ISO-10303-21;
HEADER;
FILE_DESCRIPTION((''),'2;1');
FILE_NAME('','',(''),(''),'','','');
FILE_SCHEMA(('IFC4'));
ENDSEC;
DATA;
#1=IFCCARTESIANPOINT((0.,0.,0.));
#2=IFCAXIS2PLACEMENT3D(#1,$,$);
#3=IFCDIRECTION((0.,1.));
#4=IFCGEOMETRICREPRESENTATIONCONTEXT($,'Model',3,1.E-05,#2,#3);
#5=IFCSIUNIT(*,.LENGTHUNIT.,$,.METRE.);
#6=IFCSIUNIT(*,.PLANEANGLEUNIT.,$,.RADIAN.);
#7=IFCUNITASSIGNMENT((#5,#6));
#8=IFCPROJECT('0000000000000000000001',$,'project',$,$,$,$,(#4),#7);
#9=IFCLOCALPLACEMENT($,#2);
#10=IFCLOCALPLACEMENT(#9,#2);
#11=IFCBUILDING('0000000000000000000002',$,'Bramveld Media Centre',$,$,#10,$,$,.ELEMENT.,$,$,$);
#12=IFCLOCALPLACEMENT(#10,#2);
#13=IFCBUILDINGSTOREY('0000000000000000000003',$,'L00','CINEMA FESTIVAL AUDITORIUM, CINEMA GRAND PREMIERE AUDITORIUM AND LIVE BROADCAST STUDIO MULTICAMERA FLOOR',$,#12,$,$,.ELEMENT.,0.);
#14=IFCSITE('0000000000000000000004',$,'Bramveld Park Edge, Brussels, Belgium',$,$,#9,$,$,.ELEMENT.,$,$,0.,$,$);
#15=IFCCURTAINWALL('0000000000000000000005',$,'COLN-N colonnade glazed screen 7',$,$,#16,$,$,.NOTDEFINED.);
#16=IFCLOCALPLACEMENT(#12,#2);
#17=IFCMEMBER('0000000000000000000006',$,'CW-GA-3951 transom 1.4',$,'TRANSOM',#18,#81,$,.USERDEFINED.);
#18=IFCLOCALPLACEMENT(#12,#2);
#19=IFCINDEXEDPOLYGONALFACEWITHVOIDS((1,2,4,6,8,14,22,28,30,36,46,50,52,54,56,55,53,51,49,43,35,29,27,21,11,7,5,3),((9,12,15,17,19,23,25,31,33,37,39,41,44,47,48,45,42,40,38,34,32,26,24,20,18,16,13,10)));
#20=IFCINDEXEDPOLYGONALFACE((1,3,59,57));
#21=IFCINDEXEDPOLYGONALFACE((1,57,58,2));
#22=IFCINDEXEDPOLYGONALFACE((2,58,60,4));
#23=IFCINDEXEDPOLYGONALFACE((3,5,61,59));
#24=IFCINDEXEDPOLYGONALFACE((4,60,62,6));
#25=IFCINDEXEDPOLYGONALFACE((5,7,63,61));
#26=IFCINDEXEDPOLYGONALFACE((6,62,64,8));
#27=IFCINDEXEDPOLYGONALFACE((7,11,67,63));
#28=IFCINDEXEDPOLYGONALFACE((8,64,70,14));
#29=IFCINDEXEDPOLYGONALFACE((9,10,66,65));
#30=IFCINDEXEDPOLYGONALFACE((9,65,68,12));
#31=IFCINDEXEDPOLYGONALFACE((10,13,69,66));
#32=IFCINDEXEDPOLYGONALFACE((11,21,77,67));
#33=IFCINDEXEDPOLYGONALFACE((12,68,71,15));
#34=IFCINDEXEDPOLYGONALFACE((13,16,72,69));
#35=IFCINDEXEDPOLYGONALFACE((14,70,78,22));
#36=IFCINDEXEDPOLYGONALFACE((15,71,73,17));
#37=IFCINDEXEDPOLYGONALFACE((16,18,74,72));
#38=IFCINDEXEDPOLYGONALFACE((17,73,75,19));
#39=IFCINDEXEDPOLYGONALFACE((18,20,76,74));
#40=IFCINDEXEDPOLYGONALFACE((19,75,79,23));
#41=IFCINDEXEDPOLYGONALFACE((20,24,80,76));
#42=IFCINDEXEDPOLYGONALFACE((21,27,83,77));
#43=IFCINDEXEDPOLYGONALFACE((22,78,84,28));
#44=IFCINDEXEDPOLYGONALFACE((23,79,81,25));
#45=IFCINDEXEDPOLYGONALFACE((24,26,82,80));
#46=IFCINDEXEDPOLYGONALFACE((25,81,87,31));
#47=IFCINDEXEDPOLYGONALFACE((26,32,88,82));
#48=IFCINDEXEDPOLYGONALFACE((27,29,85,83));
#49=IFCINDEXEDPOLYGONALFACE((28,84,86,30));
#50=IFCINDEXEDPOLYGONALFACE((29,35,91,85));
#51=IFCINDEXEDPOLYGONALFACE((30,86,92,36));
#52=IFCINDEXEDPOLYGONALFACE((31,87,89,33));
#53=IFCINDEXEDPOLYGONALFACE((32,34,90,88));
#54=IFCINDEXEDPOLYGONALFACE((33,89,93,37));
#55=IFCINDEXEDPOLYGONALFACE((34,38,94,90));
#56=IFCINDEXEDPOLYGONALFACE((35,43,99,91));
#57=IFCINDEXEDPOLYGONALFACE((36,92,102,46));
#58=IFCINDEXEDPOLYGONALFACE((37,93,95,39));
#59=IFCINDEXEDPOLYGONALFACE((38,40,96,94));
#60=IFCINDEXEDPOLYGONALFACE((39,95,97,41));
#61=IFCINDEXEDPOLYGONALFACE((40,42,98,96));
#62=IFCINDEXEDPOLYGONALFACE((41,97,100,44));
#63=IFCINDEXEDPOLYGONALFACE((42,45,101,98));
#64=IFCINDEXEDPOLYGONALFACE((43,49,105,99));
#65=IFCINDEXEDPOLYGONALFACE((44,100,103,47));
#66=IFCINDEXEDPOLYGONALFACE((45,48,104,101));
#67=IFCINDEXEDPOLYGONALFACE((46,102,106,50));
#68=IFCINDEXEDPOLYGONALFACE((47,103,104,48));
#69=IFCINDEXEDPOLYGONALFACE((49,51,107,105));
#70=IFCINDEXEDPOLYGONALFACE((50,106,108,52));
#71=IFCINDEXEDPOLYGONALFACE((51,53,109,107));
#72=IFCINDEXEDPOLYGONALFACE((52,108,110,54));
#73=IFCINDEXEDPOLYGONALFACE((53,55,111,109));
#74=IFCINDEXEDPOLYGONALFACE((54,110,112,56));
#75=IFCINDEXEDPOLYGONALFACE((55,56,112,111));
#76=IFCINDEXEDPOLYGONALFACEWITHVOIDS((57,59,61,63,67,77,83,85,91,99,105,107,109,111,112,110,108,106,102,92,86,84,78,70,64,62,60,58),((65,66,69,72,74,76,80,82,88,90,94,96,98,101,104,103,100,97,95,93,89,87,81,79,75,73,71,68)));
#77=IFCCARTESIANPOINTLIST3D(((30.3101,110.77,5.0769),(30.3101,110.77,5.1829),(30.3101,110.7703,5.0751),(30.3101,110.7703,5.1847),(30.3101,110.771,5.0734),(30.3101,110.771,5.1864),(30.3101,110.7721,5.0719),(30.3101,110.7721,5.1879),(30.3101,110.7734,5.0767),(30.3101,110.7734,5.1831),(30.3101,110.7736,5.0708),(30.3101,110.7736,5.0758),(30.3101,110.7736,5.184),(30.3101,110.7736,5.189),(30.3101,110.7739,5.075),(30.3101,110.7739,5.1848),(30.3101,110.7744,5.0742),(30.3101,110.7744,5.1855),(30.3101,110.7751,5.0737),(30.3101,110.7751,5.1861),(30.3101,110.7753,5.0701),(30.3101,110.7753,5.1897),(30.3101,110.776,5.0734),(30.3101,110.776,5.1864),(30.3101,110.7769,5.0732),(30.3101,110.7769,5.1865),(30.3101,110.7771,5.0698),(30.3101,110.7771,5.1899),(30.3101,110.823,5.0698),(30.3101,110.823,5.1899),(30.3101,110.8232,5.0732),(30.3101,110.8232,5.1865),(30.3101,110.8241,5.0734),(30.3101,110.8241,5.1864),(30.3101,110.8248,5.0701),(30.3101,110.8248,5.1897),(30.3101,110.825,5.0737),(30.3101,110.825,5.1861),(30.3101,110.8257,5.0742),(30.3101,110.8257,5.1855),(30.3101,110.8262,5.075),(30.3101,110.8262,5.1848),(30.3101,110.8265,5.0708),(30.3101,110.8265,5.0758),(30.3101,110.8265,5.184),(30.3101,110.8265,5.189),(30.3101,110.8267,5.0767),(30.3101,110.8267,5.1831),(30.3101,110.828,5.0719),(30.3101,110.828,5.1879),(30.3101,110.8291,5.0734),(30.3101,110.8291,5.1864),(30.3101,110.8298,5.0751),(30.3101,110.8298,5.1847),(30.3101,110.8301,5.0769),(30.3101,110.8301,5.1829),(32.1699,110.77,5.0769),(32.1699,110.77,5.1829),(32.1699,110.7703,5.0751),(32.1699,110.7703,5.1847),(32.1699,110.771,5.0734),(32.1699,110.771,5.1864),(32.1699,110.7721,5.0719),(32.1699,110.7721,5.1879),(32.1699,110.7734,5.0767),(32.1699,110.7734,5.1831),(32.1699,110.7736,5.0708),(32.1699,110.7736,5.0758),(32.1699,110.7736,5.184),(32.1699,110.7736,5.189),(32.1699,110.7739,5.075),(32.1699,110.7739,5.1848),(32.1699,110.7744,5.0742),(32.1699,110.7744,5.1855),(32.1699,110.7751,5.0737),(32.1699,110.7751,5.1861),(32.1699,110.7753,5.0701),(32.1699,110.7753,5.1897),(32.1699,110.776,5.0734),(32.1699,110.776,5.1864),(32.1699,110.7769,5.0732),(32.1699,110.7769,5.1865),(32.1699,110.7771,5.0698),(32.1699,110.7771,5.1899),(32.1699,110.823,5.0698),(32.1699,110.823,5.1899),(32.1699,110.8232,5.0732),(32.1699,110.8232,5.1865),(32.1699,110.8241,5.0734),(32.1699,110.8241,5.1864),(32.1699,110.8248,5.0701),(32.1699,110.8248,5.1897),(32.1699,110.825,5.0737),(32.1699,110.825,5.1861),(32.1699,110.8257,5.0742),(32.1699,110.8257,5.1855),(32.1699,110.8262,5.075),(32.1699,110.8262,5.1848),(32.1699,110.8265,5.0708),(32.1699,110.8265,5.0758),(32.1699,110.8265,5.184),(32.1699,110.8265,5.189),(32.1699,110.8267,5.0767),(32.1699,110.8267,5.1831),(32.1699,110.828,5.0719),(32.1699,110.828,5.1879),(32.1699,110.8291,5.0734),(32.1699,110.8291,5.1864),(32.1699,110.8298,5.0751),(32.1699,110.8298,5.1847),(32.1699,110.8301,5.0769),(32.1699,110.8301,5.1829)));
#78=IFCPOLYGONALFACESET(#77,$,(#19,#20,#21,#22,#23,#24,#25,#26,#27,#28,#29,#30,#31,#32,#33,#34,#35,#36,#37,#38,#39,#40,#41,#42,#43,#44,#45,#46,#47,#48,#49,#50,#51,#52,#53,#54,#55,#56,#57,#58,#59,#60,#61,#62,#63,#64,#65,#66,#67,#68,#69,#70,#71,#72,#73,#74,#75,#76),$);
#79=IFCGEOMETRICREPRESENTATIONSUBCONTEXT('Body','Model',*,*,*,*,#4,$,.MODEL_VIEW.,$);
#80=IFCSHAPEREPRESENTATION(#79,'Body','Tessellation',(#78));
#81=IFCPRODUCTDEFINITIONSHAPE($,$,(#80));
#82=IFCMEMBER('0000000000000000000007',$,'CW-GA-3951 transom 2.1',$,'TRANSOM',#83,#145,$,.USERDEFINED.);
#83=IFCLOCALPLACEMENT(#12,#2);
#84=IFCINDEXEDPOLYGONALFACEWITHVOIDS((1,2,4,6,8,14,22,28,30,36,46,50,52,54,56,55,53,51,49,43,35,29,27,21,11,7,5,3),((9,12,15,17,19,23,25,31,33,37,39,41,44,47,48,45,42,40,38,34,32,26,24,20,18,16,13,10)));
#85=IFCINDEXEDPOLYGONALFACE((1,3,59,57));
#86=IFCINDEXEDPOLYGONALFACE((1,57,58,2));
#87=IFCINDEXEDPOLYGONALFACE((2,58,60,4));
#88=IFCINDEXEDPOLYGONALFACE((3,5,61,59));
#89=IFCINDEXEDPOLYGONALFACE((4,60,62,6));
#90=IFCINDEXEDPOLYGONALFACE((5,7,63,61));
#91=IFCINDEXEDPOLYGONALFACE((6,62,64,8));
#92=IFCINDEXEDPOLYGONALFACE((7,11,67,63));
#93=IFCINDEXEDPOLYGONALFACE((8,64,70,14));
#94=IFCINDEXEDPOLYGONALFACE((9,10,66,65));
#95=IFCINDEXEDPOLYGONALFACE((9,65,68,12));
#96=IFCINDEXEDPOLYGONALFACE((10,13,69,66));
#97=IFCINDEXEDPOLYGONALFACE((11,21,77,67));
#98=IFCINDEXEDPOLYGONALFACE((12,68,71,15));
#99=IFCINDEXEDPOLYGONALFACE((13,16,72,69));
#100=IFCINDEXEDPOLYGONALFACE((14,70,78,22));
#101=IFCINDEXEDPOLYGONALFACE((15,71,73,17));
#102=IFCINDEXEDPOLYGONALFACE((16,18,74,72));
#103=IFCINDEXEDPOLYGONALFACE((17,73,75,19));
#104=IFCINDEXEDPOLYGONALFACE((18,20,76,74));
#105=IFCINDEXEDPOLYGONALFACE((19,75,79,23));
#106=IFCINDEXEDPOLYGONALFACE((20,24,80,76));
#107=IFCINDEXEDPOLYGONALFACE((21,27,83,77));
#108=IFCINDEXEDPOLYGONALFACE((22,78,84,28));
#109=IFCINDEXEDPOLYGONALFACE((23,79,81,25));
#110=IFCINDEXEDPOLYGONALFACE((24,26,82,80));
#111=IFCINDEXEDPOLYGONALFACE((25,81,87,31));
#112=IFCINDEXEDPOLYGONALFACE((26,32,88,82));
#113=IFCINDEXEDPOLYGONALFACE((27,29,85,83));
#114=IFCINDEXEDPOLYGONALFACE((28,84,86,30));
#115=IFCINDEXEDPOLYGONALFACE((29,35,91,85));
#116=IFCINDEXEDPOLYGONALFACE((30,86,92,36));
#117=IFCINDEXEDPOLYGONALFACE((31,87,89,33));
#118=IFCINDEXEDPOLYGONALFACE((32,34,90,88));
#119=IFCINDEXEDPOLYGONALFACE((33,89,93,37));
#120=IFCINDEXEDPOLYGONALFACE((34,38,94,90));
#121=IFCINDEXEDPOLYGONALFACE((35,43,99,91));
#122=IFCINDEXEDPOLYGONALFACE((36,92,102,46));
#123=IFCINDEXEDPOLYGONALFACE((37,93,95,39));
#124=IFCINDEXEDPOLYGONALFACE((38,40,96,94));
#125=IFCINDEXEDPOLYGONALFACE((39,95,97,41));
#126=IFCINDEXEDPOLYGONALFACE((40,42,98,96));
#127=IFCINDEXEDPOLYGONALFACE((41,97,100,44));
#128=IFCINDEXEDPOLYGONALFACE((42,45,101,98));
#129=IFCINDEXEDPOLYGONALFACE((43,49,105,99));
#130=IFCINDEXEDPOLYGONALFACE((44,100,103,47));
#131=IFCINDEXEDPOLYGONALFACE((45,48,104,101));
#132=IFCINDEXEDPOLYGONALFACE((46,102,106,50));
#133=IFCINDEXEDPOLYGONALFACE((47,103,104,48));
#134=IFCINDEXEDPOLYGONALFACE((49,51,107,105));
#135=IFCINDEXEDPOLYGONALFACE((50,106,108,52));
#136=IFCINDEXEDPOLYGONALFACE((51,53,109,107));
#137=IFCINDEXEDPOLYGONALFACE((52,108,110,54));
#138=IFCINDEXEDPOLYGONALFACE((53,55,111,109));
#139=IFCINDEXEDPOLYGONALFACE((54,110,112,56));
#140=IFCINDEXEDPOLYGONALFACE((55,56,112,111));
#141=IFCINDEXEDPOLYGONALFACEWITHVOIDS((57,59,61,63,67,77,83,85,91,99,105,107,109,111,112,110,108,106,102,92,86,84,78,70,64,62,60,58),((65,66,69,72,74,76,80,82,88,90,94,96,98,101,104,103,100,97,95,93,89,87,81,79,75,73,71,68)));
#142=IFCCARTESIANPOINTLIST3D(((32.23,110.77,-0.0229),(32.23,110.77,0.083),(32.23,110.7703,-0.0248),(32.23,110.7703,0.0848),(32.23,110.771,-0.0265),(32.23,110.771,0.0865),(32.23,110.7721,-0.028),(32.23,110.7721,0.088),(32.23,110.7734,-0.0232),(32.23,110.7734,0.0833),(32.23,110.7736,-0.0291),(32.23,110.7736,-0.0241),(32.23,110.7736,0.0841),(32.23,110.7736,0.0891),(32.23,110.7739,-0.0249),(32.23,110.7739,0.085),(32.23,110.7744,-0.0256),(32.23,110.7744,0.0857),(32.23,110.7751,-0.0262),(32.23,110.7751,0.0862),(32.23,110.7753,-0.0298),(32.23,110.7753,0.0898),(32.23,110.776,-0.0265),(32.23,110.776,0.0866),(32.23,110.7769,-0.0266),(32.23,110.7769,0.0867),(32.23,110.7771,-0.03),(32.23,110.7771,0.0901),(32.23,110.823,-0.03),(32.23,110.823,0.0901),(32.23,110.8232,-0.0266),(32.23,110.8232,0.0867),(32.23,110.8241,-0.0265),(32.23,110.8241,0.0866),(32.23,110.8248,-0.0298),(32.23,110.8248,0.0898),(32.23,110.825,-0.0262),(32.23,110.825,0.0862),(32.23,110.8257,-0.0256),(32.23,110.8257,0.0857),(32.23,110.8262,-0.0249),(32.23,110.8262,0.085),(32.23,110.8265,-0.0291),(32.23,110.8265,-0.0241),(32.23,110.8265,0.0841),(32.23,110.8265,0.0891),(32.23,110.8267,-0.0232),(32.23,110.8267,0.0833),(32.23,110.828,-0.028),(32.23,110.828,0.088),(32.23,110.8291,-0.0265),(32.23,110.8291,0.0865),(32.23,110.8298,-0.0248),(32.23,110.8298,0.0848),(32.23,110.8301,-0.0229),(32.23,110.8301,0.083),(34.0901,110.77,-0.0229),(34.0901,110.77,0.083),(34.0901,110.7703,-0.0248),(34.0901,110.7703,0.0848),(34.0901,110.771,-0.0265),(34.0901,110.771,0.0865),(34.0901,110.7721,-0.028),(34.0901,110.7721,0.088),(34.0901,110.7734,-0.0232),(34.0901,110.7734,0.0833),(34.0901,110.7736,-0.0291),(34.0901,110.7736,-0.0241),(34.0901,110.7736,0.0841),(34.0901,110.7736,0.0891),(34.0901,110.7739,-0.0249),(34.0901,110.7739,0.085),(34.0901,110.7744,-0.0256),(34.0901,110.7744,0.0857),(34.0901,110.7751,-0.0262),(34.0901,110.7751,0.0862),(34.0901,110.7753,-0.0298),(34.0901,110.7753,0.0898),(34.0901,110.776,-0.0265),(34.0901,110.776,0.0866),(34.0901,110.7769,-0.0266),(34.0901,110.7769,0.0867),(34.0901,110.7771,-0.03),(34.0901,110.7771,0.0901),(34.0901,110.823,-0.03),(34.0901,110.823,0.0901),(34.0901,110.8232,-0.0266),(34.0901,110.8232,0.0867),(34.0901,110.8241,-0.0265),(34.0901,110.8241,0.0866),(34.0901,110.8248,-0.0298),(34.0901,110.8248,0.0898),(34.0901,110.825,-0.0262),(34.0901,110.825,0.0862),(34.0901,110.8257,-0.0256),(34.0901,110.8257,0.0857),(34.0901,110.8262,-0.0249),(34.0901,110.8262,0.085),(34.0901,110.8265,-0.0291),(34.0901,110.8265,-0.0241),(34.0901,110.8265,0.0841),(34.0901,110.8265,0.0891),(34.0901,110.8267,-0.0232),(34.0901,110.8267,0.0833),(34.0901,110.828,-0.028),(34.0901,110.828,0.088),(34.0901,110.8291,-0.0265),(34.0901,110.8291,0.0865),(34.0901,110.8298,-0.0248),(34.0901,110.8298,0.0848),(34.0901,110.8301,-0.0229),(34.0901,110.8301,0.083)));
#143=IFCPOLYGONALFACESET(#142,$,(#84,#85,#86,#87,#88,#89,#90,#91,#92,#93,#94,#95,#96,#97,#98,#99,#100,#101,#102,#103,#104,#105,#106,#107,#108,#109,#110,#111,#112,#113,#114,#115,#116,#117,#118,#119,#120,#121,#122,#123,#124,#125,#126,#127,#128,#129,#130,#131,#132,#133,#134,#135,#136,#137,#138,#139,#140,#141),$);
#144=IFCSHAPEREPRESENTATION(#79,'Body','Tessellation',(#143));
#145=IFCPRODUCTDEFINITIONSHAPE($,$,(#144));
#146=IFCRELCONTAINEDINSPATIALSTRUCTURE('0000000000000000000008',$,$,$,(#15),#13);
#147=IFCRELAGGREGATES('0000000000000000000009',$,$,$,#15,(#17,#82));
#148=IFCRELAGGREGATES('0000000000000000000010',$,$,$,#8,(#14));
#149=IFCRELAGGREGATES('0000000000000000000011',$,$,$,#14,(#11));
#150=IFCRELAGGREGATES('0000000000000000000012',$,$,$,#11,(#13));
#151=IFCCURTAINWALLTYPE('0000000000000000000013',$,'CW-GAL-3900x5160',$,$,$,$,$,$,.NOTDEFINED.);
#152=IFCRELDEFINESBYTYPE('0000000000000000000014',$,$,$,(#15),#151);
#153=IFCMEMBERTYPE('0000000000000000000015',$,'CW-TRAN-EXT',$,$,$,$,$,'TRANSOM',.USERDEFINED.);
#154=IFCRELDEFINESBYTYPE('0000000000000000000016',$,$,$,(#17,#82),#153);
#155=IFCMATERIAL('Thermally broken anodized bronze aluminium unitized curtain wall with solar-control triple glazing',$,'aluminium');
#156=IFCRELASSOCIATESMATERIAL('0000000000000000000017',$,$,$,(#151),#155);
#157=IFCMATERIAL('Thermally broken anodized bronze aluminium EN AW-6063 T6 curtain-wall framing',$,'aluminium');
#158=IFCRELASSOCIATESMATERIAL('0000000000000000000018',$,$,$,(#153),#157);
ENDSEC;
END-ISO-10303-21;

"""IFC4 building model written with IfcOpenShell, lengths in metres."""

from ifc_helpers import new_model, si_unit, direction, frame, origin, origin_2d, place, context, subcontext, project, spatial, hollow_rectangle, extrude, material, material_profile, profile_set, type_object, element, aggregate, save


model = new_model("IFC4")

# Units and contexts
model_context = context("Model", 3, precision=1e-05, world=origin(), true_north=direction((0.0, 1.0)))
body_context = subcontext(model_context, "Body", "Model", "MODEL_VIEW")
ifc_project = project(units=[si_unit("LENGTHUNIT", "METRE"), si_unit("PLANEANGLEUNIT", "RADIAN")], contexts=[model_context])

# Site, building, storey
site_placement = place(None, origin())
site = spatial("IfcSite", under=ifc_project, at=site_placement, Name="Bramveld Park Edge, Brussels, Belgium", CompositionType="ELEMENT", RefElevation=0.0)
building_placement = place(site_placement, origin())
building = spatial("IfcBuilding", under=site, at=building_placement, Name="Bramveld Media Centre", CompositionType="ELEMENT")
storey_placement = place(building_placement, origin())
storey = spatial("IfcBuildingStorey", under=building, at=storey_placement, Name="L00", Description="CINEMA FESTIVAL AUDITORIUM, CINEMA GRAND PREMIERE AUDITORIUM AND LIVE BROADCAST STUDIO MULTICAMERA FLOOR", CompositionType="ELEMENT", Elevation=0.0)

# Curtain wall, members
ifc_material_1 = material(Name="Thermally broken anodized bronze aluminium unitized curtain wall with solar-control triple glazing", Category="aluminium")
curtain_wall_type_1 = type_object("IfcCurtainWallType", Name="CW-GAL-3900x5160", PredefinedType="NOTDEFINED", material=ifc_material_1)
curtain_wall_1_placement = place(storey_placement, origin())
curtain_wall_1 = element("IfcCurtainWall", 1, at=curtain_wall_1_placement, inside=storey, type_object=curtain_wall_type_1, Name="COLN-N colonnade glazed screen 7", PredefinedType="NOTDEFINED")
ifc_material_2 = material(Name="Thermally broken anodized bronze aluminium EN AW-6063 T6 curtain-wall framing", Category="aluminium")
ifc_material_profile_1 = material_profile(ifc_material_2, hollow_rectangle(XDim=0.0601, YDim=0.1201, WallThickness=0.0034, InnerFilletRadius=0.0034, OuterFilletRadius=0.0071, at=origin_2d()), Name="AL-TRAN 60x120")
ifc_profile_set_1 = profile_set([ifc_material_profile_1], Name="Thermally broken anodized bronze aluminium EN AW-6063 T6 curtain-wall framing")
member_type_1 = type_object("IfcMemberType", Name="CW-TRAN-EXT", ElementType="TRANSOM", PredefinedType="USERDEFINED", material=ifc_profile_set_1)
member_1_placement = place(storey_placement, frame((30.3101, 110.8, 5.1299), z_axis=(1.0, 0.0, 0.0), x_axis=(0.0, 1.0, 0.0)))
member_1 = element("IfcMember", 2, at=member_1_placement, type_object=member_type_1, Name="CW-GA-3951 transom 1.4", ObjectType="TRANSOM", PredefinedType="USERDEFINED", context=body_context, shape_type="SweptSolid", body=[
    extrude(hollow_rectangle(XDim=0.0601, YDim=0.1201, WallThickness=0.0034, InnerFilletRadius=0.0034, OuterFilletRadius=0.0071, at=origin_2d()), origin(), (0.0, 0.0, 1.0), 1.8599),
])
member_2_placement = place(storey_placement, frame((32.23, 110.8, 0.03), z_axis=(1.0, 0.0, 0.0), x_axis=(0.0, 1.0, 0.0)))
member_2 = element("IfcMember", 3, at=member_2_placement, type_object=member_type_1, Name="CW-GA-3951 transom 2.1", ObjectType="TRANSOM", PredefinedType="USERDEFINED", context=body_context, shape_type="SweptSolid", body=[
    extrude(hollow_rectangle(XDim=0.0601, YDim=0.1201, WallThickness=0.0034, InnerFilletRadius=0.0034, OuterFilletRadius=0.0071, at=origin_2d()), origin(), (0.0, 0.0, 1.0), 1.8601),
])

aggregate(curtain_wall_1, [member_1, member_2])

save(model, "model.ifc")
